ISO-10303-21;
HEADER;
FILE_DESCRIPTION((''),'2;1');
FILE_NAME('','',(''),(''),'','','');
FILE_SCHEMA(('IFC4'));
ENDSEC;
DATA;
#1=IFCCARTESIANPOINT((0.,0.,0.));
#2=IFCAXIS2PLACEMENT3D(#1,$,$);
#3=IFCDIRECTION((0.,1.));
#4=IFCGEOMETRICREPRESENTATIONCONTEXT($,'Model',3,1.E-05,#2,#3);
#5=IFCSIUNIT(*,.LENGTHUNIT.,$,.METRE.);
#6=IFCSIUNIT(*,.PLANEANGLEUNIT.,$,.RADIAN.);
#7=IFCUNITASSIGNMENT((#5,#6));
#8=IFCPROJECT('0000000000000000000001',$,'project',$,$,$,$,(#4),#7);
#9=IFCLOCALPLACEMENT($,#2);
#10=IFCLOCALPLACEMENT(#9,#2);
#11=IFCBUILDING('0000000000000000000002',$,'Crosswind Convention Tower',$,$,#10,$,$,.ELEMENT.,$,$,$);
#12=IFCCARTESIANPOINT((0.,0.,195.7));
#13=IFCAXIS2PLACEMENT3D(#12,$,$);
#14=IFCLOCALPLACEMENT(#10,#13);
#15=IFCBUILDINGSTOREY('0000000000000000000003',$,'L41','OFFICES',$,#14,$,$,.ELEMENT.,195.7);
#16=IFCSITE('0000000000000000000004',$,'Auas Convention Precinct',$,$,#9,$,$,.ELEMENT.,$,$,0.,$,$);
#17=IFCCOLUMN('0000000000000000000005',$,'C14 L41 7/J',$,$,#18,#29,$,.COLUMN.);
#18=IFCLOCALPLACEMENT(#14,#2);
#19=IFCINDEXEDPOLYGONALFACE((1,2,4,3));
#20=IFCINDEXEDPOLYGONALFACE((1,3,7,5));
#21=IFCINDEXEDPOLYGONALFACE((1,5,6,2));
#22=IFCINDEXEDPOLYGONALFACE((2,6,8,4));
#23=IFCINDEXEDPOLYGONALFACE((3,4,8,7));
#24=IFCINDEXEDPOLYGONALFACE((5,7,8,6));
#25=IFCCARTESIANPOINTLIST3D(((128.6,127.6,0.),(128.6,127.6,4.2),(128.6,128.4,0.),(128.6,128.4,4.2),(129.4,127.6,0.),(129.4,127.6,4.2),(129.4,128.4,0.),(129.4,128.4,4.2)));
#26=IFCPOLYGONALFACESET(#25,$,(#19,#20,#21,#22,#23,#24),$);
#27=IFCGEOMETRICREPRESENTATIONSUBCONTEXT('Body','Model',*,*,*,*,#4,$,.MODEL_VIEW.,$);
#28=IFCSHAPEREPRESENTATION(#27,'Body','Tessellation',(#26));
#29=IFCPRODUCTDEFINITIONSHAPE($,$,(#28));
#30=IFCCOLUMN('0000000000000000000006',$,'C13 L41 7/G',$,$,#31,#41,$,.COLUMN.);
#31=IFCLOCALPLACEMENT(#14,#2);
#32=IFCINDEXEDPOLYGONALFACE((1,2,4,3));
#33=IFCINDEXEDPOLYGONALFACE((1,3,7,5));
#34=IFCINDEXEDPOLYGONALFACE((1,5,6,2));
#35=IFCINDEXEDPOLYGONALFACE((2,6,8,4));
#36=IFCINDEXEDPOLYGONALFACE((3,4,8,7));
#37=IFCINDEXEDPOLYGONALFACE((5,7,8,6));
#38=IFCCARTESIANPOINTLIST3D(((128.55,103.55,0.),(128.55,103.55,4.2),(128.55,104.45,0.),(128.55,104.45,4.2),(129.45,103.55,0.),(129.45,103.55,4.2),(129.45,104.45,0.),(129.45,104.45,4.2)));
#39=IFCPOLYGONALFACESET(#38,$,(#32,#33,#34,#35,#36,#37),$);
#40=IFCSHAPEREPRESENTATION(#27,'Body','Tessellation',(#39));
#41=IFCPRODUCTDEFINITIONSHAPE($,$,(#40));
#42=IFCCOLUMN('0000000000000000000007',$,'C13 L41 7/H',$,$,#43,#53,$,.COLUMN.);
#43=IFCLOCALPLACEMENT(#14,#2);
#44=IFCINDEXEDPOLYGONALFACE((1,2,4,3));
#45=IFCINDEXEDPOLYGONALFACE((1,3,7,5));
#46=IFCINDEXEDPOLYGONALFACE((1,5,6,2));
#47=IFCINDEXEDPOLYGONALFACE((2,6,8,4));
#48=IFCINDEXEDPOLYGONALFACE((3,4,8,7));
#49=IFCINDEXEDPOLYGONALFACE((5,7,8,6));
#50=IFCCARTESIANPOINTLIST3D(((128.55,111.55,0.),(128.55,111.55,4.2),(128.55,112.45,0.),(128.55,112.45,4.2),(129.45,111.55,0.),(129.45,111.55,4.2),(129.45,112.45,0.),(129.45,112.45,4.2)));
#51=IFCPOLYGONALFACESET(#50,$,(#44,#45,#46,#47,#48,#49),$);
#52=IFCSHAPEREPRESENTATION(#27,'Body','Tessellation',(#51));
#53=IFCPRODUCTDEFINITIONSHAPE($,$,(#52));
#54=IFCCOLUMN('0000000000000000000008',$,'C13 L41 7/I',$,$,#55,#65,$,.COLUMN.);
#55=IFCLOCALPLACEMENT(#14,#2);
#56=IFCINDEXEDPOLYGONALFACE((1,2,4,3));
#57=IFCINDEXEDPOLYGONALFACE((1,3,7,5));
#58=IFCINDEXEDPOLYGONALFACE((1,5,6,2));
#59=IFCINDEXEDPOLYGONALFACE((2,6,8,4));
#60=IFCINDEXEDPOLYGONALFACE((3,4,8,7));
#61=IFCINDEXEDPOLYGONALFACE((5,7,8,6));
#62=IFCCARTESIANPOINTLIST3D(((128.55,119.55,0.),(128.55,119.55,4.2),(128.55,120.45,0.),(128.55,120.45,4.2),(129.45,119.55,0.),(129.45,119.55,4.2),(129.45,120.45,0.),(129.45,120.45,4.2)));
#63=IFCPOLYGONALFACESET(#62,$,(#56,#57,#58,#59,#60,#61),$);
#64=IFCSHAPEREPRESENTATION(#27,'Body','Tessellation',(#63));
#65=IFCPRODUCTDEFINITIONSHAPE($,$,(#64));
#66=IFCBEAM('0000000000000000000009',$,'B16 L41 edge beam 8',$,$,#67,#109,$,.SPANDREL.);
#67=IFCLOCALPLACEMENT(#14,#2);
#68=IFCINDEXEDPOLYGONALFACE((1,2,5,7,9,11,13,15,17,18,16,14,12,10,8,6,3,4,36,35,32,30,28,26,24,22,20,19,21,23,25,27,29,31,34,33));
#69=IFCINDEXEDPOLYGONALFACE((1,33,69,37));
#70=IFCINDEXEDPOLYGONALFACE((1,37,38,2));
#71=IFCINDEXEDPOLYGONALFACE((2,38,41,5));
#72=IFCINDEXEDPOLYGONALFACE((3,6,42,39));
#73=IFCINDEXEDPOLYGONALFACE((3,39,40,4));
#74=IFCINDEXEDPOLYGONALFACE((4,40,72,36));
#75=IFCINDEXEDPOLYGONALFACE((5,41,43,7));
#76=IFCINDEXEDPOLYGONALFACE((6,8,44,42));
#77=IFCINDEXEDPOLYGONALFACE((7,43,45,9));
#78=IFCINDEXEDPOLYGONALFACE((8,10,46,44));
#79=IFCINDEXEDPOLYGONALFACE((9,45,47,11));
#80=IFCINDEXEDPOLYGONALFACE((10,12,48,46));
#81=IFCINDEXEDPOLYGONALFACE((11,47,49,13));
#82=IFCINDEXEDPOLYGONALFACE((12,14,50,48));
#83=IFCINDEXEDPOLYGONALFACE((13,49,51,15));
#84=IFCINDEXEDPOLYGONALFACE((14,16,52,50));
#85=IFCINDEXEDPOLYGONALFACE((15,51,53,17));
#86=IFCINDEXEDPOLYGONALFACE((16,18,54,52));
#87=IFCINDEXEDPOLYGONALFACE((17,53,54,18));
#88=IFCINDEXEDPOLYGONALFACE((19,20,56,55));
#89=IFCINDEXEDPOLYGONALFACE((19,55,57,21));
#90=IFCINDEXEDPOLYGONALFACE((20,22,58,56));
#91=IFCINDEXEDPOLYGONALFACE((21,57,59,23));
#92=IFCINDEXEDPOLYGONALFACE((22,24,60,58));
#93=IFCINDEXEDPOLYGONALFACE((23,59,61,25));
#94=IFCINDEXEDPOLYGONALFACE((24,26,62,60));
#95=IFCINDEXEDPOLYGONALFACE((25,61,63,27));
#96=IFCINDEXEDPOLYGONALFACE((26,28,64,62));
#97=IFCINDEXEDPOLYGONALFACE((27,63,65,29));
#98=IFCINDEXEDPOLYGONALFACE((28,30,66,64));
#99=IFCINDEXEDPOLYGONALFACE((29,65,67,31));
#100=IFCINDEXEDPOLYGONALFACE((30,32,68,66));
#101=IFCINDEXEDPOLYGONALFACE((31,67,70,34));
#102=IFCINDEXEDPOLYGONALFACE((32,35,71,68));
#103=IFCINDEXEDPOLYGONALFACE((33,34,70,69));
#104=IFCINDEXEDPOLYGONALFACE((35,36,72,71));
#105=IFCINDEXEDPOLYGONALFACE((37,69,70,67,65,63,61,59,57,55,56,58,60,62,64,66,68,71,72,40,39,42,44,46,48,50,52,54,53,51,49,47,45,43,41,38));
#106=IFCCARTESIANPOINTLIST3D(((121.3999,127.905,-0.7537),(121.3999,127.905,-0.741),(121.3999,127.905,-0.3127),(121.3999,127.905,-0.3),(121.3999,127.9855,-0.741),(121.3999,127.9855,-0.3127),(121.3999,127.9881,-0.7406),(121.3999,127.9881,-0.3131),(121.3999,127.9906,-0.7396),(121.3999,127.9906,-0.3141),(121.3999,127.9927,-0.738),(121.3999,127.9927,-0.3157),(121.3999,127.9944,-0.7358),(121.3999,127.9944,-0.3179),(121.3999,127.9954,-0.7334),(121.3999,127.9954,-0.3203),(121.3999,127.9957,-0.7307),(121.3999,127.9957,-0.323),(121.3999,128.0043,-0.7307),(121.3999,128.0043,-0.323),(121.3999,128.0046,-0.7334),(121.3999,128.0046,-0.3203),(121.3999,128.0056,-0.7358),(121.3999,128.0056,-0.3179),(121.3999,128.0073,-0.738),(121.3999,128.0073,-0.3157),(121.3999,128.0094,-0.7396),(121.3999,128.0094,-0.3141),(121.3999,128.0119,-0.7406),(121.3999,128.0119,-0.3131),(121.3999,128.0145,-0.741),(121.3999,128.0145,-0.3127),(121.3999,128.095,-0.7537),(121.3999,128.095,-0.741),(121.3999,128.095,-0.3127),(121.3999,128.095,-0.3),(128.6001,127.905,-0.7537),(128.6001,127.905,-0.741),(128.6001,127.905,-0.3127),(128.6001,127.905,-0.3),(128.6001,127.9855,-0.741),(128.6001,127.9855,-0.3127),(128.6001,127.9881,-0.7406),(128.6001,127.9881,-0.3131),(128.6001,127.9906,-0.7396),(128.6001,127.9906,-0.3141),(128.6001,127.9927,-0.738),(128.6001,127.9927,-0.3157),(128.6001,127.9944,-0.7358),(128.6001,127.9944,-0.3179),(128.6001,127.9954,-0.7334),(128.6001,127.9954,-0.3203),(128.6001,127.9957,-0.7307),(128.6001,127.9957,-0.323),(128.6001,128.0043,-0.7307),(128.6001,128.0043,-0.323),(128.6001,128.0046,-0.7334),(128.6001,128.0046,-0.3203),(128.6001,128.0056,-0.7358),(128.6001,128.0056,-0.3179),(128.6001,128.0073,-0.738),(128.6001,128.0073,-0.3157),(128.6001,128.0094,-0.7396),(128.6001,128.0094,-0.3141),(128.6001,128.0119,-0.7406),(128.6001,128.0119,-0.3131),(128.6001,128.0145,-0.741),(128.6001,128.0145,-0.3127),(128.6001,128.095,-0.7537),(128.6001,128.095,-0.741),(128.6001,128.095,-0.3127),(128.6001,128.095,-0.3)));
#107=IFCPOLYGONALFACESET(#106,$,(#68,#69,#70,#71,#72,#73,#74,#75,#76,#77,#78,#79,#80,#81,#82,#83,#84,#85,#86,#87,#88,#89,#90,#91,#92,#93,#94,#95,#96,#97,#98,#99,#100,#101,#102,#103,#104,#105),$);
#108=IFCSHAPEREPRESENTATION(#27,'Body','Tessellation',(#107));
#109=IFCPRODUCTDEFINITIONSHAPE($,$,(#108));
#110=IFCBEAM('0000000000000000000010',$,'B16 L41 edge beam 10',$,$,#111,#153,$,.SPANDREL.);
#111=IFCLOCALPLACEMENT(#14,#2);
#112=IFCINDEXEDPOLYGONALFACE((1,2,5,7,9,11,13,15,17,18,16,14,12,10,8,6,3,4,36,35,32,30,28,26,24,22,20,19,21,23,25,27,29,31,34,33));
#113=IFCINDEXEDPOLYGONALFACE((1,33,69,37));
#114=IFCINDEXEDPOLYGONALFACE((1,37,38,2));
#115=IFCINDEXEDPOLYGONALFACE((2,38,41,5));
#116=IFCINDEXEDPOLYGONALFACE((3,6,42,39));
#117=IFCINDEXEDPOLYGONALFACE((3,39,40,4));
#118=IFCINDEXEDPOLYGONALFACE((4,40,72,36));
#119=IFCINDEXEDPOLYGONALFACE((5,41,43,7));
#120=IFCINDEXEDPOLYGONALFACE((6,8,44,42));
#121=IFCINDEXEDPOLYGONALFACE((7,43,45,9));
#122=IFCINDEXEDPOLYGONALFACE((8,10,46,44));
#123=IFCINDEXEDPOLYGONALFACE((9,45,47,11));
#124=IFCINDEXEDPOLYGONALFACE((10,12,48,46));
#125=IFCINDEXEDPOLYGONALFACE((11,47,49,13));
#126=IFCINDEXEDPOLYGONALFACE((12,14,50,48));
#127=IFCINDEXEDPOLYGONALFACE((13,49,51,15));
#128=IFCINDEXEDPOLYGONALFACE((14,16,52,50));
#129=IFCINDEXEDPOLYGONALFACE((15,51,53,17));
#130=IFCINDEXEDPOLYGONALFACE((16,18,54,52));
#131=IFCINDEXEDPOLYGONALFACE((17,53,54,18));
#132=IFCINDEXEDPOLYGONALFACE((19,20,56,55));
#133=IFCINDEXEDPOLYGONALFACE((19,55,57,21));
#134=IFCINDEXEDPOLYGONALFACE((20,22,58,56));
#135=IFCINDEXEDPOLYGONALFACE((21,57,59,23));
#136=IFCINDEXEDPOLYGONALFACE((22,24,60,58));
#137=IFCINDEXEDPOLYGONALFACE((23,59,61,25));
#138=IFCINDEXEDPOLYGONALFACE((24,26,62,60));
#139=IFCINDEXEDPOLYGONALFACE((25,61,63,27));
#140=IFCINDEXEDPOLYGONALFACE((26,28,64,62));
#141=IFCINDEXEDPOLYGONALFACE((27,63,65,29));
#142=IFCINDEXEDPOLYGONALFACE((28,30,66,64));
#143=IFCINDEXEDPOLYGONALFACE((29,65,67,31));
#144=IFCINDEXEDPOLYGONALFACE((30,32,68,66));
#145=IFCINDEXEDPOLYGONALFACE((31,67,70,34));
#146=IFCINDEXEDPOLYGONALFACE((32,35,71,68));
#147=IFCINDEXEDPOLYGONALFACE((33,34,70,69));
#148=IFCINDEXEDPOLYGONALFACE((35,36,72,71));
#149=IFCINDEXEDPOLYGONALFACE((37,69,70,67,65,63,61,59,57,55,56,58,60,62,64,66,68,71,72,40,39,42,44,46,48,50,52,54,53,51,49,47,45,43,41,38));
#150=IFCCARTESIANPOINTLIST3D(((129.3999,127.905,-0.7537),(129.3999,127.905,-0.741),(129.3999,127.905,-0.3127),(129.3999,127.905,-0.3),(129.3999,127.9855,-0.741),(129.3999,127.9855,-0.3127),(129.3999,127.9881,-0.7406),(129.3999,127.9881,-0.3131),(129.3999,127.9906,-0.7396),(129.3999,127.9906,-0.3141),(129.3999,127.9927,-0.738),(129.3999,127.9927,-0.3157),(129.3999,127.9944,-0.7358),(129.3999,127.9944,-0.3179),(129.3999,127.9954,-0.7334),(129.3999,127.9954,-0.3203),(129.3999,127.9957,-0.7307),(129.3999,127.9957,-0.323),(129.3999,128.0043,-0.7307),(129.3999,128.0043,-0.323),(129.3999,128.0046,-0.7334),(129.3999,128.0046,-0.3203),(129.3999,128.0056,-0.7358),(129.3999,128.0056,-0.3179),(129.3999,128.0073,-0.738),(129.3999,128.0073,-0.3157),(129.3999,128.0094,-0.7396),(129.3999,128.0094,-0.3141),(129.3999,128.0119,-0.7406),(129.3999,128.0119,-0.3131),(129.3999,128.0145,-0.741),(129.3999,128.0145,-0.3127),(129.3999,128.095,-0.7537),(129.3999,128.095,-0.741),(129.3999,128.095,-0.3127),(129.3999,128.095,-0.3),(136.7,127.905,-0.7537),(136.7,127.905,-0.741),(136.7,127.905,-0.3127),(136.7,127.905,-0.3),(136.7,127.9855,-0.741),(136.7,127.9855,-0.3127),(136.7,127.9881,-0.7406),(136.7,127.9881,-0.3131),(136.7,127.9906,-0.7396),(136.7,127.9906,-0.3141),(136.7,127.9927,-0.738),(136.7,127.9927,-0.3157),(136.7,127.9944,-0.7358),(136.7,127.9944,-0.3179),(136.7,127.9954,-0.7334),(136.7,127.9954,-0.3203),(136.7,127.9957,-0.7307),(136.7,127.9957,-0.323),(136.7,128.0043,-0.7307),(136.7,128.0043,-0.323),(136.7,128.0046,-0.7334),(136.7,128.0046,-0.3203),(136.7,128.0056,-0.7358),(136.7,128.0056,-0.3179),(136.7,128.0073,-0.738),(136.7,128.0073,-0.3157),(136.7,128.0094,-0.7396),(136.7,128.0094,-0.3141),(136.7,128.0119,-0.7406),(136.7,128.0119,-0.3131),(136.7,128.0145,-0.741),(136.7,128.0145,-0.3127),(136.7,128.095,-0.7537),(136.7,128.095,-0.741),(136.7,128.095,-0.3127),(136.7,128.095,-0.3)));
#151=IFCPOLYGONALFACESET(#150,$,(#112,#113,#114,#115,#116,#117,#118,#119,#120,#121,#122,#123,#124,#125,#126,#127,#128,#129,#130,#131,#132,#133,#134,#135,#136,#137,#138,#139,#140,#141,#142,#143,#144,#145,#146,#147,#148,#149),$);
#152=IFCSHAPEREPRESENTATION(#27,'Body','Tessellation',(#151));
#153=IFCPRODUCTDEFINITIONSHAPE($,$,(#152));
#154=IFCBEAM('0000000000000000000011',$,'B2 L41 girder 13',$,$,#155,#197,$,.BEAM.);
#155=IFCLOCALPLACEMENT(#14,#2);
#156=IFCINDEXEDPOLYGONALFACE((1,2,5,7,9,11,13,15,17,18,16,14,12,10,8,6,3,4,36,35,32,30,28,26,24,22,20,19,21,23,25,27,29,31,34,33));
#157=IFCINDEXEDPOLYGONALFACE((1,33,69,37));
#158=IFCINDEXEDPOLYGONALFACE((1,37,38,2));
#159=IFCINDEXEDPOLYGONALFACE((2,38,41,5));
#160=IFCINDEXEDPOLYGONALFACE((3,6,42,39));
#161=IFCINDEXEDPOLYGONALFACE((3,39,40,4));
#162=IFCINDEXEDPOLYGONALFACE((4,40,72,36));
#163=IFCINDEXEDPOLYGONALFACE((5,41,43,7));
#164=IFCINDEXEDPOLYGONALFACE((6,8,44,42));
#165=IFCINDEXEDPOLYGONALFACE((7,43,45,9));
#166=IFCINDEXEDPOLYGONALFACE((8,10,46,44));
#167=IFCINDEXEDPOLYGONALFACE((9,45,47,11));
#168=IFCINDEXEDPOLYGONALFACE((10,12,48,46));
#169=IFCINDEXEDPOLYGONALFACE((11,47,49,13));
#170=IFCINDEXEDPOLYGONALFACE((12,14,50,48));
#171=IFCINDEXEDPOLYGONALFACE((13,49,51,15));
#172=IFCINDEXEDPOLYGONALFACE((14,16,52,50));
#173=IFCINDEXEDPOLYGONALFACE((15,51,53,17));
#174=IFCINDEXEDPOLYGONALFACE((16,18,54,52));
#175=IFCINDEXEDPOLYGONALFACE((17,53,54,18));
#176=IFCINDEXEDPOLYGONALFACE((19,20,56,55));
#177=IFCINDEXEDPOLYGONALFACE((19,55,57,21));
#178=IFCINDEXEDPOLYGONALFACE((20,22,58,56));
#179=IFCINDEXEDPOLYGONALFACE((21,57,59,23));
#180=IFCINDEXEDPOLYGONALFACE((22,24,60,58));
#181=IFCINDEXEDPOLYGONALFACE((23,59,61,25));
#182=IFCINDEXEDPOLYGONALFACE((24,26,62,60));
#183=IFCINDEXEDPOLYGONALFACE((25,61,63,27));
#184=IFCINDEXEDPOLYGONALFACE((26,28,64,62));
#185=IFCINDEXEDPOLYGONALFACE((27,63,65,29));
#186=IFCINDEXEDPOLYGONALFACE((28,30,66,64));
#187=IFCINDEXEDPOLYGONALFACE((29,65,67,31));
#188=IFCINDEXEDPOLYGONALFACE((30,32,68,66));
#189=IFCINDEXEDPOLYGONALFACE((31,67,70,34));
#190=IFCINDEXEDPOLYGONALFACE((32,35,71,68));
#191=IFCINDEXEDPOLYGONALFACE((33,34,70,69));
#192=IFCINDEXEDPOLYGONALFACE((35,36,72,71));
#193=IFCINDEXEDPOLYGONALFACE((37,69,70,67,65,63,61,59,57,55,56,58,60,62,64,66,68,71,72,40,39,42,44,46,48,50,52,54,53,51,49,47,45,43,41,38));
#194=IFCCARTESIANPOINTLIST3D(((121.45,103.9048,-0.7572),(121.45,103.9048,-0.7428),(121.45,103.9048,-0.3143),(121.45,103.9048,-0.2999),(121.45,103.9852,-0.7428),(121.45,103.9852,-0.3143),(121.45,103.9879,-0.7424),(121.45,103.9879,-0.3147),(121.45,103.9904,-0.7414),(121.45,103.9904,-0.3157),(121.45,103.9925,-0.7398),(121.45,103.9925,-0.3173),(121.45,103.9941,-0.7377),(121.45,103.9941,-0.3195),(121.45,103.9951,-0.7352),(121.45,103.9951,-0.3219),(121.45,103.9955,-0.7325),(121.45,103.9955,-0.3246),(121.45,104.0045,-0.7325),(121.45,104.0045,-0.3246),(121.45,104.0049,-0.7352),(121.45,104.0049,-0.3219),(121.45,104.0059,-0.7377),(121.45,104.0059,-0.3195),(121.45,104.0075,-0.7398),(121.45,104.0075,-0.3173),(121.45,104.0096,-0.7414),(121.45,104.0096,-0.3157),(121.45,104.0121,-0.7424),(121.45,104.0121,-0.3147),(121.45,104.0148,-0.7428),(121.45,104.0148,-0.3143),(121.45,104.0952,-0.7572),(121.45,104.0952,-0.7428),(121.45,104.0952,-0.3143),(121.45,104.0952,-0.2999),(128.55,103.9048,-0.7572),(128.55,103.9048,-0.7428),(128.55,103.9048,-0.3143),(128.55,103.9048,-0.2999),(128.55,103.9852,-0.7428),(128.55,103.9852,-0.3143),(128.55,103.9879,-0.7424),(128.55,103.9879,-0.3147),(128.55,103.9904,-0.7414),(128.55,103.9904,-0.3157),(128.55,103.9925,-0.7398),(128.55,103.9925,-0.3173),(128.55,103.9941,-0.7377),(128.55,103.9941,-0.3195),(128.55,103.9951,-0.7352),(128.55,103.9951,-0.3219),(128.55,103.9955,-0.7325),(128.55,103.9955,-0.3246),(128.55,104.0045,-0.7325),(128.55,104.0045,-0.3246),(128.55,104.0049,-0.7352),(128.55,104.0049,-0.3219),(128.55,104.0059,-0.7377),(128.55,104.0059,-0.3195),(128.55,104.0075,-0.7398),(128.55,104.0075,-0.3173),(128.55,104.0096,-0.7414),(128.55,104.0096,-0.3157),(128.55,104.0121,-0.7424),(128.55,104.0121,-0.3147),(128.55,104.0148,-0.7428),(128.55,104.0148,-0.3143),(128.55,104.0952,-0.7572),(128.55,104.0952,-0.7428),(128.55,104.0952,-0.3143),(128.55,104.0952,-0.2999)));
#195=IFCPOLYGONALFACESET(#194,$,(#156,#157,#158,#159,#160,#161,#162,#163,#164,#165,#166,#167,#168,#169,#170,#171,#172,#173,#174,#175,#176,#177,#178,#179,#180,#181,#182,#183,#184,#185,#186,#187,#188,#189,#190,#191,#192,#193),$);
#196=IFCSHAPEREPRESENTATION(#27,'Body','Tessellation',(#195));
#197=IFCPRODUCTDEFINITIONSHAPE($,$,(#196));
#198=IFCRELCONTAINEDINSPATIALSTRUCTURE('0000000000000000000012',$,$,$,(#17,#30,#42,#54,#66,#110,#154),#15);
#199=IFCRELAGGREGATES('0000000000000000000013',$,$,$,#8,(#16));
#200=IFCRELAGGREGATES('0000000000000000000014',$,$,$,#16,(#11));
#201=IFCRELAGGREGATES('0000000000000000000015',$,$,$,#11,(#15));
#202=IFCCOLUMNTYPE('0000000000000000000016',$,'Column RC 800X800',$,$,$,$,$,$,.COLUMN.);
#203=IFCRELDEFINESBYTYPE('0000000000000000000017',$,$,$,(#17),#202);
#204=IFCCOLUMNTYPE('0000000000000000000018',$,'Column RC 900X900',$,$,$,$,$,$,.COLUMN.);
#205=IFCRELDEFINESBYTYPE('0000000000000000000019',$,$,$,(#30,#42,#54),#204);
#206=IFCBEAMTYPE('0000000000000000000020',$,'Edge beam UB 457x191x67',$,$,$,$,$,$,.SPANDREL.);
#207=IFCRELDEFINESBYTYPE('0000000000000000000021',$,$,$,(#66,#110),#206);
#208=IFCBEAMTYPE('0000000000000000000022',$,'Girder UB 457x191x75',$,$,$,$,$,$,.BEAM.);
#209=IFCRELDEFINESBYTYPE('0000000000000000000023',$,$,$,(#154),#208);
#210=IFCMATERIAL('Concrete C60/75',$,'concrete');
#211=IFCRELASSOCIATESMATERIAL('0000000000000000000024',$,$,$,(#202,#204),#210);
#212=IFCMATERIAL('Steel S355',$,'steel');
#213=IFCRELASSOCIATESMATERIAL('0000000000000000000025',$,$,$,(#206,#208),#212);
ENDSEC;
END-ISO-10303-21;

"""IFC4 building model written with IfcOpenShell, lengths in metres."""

from ifc_helpers import new_model, si_unit, direction, frame, origin, origin_2d, place, context, subcontext, project, spatial, rectangle, i_section, extrude, material, material_profile, profile_set, type_object, element, save


model = new_model("IFC4")

# Units and contexts
model_context = context("Model", 3, precision=1e-05, world=origin(), true_north=direction((0.0, 1.0)))
body_context = subcontext(model_context, "Body", "Model", "MODEL_VIEW")
ifc_project = project(units=[si_unit("LENGTHUNIT", "METRE"), si_unit("PLANEANGLEUNIT", "RADIAN")], contexts=[model_context])

# Site, building, storey
site_placement = place(None, origin())
site = spatial("IfcSite", under=ifc_project, at=site_placement, Name="Auas Convention Precinct", CompositionType="ELEMENT", RefElevation=0.0)
building_placement = place(site_placement, origin())
building = spatial("IfcBuilding", under=site, at=building_placement, Name="Crosswind Convention Tower", CompositionType="ELEMENT")
storey_placement = place(building_placement, frame((0.0, 0.0, 195.7)))
storey = spatial("IfcBuildingStorey", under=building, at=storey_placement, Name="L41", Description="OFFICES", CompositionType="ELEMENT", Elevation=195.7)

# Columns
ifc_material_1 = material(Name="Concrete C60/75", Category="concrete")
ifc_material_profile_1 = material_profile(ifc_material_1, rectangle(XDim=0.8, YDim=0.8, at=origin_2d()), Name="RC 800X800")
ifc_profile_set_1 = profile_set([ifc_material_profile_1], Name="Concrete C60/75")
column_type_1 = type_object("IfcColumnType", Name="Column RC 800X800", PredefinedType="COLUMN", material=ifc_profile_set_1)
column_placement = place(storey_placement, frame((129.0, 128.0, 0.0), z_axis=(0.0, 0.0, 1.0), x_axis=(1.0, 0.0, 0.0)))
element("IfcColumn", 1, at=column_placement, inside=storey, type_object=column_type_1, Name="C14 L41 7/J", PredefinedType="COLUMN", context=body_context, shape_type="SweptSolid", body=[
    extrude(rectangle(XDim=0.8, YDim=0.8, at=origin_2d()), origin(), (0.0, 0.0, 1.0), 4.2),
])
ifc_material_profile_2 = material_profile(ifc_material_1, rectangle(XDim=0.8999, YDim=0.8999, at=origin_2d()), Name="RC 900X900")
ifc_profile_set_2 = profile_set([ifc_material_profile_2], Name="Concrete C60/75")
column_type_2 = type_object("IfcColumnType", Name="Column RC 900X900", PredefinedType="COLUMN", material=ifc_profile_set_2)
for number, where, z_axis, x_axis, name in (
    (2, (129.0, 104.0, 0.0), (0.0, 0.0, 1.0), (1.0, 0.0, 0.0), "C13 L41 7/G"),
    (3, (129.0, 112.0, 0.0), (0.0, 0.0, 1.0), (1.0, 0.0, 0.0), "C13 L41 7/H"),
    (4, (129.0, 120.0, 0.0), (0.0, 0.0, 1.0), (1.0, 0.0, 0.0), "C13 L41 7/I"),
):
    element("IfcColumn", number, at=place(storey_placement, frame(where, z_axis=z_axis, x_axis=x_axis)), inside=storey, type_object=column_type_2, Name=name, PredefinedType="COLUMN", context=body_context, shape_type="SweptSolid", body=[
        extrude(rectangle(XDim=0.8999, YDim=0.8999, at=origin_2d()), origin(), (0.0, 0.0, 1.0), 4.2),
    ])

# Beams
ifc_material_2 = material(Name="Steel S355", Category="steel")
ifc_material_profile_3 = material_profile(ifc_material_2, i_section(OverallWidth=0.1899, OverallDepth=0.4536, WebThickness=0.0085, FlangeThickness=0.0127, FilletRadius=0.0103, at=origin_2d()), Name="UB 457x191x67")
ifc_profile_set_3 = profile_set([ifc_material_profile_3], Name="Steel S355")
beam_type_1 = type_object("IfcBeamType", Name="Edge beam UB 457x191x67", PredefinedType="SPANDREL", material=ifc_profile_set_3)
beam_1_placement = place(storey_placement, frame((121.3999, 128.0, -0.5269), z_axis=(1.0, 0.0, 0.0), x_axis=(0.0, 1.0, 0.0)))
element("IfcBeam", 5, at=beam_1_placement, inside=storey, type_object=beam_type_1, Name="B16 L41 edge beam 8", PredefinedType="SPANDREL", context=body_context, shape_type="SweptSolid", body=[
    extrude(i_section(OverallWidth=0.1899, OverallDepth=0.4536, WebThickness=0.0085, FlangeThickness=0.0127, FilletRadius=0.0103, at=origin_2d()), origin(), (0.0, 0.0, 1.0), 7.2002),
])
beam_2_placement = place(storey_placement, frame((129.3999, 128.0, -0.5269), z_axis=(1.0, 0.0, 0.0), x_axis=(0.0, 1.0, 0.0)))
element("IfcBeam", 6, at=beam_2_placement, inside=storey, type_object=beam_type_1, Name="B16 L41 edge beam 10", PredefinedType="SPANDREL", context=body_context, shape_type="SweptSolid", body=[
    extrude(i_section(OverallWidth=0.1899, OverallDepth=0.4536, WebThickness=0.0085, FlangeThickness=0.0127, FilletRadius=0.0103, at=origin_2d()), origin(), (0.0, 0.0, 1.0), 7.3),
])
ifc_material_profile_4 = material_profile(ifc_material_2, i_section(OverallWidth=0.1904, OverallDepth=0.4573, WebThickness=0.009, FlangeThickness=0.0144, FilletRadius=0.0103, at=origin_2d()), Name="UB 457x191x75")
ifc_profile_set_4 = profile_set([ifc_material_profile_4], Name="Steel S355")
beam_type_2 = type_object("IfcBeamType", Name="Girder UB 457x191x75", PredefinedType="BEAM", material=ifc_profile_set_4)
for number, where, z_axis, x_axis, name in (
    (7, (121.45, 104.0, -0.5286), (1.0, 0.0, 0.0), (0.0, 1.0, 0.0), "B2 L41 girder 13"),
):
    element("IfcBeam", number, at=place(storey_placement, frame(where, z_axis=z_axis, x_axis=x_axis)), inside=storey, type_object=beam_type_2, Name=name, PredefinedType="BEAM", context=body_context, shape_type="SweptSolid", body=[
        extrude(i_section(OverallWidth=0.1904, OverallDepth=0.4573, WebThickness=0.009, FlangeThickness=0.0144, FilletRadius=0.0103, at=origin_2d()), origin(), (0.0, 0.0, 1.0), 7.1001),
    ])

save(model, "model.ifc")
